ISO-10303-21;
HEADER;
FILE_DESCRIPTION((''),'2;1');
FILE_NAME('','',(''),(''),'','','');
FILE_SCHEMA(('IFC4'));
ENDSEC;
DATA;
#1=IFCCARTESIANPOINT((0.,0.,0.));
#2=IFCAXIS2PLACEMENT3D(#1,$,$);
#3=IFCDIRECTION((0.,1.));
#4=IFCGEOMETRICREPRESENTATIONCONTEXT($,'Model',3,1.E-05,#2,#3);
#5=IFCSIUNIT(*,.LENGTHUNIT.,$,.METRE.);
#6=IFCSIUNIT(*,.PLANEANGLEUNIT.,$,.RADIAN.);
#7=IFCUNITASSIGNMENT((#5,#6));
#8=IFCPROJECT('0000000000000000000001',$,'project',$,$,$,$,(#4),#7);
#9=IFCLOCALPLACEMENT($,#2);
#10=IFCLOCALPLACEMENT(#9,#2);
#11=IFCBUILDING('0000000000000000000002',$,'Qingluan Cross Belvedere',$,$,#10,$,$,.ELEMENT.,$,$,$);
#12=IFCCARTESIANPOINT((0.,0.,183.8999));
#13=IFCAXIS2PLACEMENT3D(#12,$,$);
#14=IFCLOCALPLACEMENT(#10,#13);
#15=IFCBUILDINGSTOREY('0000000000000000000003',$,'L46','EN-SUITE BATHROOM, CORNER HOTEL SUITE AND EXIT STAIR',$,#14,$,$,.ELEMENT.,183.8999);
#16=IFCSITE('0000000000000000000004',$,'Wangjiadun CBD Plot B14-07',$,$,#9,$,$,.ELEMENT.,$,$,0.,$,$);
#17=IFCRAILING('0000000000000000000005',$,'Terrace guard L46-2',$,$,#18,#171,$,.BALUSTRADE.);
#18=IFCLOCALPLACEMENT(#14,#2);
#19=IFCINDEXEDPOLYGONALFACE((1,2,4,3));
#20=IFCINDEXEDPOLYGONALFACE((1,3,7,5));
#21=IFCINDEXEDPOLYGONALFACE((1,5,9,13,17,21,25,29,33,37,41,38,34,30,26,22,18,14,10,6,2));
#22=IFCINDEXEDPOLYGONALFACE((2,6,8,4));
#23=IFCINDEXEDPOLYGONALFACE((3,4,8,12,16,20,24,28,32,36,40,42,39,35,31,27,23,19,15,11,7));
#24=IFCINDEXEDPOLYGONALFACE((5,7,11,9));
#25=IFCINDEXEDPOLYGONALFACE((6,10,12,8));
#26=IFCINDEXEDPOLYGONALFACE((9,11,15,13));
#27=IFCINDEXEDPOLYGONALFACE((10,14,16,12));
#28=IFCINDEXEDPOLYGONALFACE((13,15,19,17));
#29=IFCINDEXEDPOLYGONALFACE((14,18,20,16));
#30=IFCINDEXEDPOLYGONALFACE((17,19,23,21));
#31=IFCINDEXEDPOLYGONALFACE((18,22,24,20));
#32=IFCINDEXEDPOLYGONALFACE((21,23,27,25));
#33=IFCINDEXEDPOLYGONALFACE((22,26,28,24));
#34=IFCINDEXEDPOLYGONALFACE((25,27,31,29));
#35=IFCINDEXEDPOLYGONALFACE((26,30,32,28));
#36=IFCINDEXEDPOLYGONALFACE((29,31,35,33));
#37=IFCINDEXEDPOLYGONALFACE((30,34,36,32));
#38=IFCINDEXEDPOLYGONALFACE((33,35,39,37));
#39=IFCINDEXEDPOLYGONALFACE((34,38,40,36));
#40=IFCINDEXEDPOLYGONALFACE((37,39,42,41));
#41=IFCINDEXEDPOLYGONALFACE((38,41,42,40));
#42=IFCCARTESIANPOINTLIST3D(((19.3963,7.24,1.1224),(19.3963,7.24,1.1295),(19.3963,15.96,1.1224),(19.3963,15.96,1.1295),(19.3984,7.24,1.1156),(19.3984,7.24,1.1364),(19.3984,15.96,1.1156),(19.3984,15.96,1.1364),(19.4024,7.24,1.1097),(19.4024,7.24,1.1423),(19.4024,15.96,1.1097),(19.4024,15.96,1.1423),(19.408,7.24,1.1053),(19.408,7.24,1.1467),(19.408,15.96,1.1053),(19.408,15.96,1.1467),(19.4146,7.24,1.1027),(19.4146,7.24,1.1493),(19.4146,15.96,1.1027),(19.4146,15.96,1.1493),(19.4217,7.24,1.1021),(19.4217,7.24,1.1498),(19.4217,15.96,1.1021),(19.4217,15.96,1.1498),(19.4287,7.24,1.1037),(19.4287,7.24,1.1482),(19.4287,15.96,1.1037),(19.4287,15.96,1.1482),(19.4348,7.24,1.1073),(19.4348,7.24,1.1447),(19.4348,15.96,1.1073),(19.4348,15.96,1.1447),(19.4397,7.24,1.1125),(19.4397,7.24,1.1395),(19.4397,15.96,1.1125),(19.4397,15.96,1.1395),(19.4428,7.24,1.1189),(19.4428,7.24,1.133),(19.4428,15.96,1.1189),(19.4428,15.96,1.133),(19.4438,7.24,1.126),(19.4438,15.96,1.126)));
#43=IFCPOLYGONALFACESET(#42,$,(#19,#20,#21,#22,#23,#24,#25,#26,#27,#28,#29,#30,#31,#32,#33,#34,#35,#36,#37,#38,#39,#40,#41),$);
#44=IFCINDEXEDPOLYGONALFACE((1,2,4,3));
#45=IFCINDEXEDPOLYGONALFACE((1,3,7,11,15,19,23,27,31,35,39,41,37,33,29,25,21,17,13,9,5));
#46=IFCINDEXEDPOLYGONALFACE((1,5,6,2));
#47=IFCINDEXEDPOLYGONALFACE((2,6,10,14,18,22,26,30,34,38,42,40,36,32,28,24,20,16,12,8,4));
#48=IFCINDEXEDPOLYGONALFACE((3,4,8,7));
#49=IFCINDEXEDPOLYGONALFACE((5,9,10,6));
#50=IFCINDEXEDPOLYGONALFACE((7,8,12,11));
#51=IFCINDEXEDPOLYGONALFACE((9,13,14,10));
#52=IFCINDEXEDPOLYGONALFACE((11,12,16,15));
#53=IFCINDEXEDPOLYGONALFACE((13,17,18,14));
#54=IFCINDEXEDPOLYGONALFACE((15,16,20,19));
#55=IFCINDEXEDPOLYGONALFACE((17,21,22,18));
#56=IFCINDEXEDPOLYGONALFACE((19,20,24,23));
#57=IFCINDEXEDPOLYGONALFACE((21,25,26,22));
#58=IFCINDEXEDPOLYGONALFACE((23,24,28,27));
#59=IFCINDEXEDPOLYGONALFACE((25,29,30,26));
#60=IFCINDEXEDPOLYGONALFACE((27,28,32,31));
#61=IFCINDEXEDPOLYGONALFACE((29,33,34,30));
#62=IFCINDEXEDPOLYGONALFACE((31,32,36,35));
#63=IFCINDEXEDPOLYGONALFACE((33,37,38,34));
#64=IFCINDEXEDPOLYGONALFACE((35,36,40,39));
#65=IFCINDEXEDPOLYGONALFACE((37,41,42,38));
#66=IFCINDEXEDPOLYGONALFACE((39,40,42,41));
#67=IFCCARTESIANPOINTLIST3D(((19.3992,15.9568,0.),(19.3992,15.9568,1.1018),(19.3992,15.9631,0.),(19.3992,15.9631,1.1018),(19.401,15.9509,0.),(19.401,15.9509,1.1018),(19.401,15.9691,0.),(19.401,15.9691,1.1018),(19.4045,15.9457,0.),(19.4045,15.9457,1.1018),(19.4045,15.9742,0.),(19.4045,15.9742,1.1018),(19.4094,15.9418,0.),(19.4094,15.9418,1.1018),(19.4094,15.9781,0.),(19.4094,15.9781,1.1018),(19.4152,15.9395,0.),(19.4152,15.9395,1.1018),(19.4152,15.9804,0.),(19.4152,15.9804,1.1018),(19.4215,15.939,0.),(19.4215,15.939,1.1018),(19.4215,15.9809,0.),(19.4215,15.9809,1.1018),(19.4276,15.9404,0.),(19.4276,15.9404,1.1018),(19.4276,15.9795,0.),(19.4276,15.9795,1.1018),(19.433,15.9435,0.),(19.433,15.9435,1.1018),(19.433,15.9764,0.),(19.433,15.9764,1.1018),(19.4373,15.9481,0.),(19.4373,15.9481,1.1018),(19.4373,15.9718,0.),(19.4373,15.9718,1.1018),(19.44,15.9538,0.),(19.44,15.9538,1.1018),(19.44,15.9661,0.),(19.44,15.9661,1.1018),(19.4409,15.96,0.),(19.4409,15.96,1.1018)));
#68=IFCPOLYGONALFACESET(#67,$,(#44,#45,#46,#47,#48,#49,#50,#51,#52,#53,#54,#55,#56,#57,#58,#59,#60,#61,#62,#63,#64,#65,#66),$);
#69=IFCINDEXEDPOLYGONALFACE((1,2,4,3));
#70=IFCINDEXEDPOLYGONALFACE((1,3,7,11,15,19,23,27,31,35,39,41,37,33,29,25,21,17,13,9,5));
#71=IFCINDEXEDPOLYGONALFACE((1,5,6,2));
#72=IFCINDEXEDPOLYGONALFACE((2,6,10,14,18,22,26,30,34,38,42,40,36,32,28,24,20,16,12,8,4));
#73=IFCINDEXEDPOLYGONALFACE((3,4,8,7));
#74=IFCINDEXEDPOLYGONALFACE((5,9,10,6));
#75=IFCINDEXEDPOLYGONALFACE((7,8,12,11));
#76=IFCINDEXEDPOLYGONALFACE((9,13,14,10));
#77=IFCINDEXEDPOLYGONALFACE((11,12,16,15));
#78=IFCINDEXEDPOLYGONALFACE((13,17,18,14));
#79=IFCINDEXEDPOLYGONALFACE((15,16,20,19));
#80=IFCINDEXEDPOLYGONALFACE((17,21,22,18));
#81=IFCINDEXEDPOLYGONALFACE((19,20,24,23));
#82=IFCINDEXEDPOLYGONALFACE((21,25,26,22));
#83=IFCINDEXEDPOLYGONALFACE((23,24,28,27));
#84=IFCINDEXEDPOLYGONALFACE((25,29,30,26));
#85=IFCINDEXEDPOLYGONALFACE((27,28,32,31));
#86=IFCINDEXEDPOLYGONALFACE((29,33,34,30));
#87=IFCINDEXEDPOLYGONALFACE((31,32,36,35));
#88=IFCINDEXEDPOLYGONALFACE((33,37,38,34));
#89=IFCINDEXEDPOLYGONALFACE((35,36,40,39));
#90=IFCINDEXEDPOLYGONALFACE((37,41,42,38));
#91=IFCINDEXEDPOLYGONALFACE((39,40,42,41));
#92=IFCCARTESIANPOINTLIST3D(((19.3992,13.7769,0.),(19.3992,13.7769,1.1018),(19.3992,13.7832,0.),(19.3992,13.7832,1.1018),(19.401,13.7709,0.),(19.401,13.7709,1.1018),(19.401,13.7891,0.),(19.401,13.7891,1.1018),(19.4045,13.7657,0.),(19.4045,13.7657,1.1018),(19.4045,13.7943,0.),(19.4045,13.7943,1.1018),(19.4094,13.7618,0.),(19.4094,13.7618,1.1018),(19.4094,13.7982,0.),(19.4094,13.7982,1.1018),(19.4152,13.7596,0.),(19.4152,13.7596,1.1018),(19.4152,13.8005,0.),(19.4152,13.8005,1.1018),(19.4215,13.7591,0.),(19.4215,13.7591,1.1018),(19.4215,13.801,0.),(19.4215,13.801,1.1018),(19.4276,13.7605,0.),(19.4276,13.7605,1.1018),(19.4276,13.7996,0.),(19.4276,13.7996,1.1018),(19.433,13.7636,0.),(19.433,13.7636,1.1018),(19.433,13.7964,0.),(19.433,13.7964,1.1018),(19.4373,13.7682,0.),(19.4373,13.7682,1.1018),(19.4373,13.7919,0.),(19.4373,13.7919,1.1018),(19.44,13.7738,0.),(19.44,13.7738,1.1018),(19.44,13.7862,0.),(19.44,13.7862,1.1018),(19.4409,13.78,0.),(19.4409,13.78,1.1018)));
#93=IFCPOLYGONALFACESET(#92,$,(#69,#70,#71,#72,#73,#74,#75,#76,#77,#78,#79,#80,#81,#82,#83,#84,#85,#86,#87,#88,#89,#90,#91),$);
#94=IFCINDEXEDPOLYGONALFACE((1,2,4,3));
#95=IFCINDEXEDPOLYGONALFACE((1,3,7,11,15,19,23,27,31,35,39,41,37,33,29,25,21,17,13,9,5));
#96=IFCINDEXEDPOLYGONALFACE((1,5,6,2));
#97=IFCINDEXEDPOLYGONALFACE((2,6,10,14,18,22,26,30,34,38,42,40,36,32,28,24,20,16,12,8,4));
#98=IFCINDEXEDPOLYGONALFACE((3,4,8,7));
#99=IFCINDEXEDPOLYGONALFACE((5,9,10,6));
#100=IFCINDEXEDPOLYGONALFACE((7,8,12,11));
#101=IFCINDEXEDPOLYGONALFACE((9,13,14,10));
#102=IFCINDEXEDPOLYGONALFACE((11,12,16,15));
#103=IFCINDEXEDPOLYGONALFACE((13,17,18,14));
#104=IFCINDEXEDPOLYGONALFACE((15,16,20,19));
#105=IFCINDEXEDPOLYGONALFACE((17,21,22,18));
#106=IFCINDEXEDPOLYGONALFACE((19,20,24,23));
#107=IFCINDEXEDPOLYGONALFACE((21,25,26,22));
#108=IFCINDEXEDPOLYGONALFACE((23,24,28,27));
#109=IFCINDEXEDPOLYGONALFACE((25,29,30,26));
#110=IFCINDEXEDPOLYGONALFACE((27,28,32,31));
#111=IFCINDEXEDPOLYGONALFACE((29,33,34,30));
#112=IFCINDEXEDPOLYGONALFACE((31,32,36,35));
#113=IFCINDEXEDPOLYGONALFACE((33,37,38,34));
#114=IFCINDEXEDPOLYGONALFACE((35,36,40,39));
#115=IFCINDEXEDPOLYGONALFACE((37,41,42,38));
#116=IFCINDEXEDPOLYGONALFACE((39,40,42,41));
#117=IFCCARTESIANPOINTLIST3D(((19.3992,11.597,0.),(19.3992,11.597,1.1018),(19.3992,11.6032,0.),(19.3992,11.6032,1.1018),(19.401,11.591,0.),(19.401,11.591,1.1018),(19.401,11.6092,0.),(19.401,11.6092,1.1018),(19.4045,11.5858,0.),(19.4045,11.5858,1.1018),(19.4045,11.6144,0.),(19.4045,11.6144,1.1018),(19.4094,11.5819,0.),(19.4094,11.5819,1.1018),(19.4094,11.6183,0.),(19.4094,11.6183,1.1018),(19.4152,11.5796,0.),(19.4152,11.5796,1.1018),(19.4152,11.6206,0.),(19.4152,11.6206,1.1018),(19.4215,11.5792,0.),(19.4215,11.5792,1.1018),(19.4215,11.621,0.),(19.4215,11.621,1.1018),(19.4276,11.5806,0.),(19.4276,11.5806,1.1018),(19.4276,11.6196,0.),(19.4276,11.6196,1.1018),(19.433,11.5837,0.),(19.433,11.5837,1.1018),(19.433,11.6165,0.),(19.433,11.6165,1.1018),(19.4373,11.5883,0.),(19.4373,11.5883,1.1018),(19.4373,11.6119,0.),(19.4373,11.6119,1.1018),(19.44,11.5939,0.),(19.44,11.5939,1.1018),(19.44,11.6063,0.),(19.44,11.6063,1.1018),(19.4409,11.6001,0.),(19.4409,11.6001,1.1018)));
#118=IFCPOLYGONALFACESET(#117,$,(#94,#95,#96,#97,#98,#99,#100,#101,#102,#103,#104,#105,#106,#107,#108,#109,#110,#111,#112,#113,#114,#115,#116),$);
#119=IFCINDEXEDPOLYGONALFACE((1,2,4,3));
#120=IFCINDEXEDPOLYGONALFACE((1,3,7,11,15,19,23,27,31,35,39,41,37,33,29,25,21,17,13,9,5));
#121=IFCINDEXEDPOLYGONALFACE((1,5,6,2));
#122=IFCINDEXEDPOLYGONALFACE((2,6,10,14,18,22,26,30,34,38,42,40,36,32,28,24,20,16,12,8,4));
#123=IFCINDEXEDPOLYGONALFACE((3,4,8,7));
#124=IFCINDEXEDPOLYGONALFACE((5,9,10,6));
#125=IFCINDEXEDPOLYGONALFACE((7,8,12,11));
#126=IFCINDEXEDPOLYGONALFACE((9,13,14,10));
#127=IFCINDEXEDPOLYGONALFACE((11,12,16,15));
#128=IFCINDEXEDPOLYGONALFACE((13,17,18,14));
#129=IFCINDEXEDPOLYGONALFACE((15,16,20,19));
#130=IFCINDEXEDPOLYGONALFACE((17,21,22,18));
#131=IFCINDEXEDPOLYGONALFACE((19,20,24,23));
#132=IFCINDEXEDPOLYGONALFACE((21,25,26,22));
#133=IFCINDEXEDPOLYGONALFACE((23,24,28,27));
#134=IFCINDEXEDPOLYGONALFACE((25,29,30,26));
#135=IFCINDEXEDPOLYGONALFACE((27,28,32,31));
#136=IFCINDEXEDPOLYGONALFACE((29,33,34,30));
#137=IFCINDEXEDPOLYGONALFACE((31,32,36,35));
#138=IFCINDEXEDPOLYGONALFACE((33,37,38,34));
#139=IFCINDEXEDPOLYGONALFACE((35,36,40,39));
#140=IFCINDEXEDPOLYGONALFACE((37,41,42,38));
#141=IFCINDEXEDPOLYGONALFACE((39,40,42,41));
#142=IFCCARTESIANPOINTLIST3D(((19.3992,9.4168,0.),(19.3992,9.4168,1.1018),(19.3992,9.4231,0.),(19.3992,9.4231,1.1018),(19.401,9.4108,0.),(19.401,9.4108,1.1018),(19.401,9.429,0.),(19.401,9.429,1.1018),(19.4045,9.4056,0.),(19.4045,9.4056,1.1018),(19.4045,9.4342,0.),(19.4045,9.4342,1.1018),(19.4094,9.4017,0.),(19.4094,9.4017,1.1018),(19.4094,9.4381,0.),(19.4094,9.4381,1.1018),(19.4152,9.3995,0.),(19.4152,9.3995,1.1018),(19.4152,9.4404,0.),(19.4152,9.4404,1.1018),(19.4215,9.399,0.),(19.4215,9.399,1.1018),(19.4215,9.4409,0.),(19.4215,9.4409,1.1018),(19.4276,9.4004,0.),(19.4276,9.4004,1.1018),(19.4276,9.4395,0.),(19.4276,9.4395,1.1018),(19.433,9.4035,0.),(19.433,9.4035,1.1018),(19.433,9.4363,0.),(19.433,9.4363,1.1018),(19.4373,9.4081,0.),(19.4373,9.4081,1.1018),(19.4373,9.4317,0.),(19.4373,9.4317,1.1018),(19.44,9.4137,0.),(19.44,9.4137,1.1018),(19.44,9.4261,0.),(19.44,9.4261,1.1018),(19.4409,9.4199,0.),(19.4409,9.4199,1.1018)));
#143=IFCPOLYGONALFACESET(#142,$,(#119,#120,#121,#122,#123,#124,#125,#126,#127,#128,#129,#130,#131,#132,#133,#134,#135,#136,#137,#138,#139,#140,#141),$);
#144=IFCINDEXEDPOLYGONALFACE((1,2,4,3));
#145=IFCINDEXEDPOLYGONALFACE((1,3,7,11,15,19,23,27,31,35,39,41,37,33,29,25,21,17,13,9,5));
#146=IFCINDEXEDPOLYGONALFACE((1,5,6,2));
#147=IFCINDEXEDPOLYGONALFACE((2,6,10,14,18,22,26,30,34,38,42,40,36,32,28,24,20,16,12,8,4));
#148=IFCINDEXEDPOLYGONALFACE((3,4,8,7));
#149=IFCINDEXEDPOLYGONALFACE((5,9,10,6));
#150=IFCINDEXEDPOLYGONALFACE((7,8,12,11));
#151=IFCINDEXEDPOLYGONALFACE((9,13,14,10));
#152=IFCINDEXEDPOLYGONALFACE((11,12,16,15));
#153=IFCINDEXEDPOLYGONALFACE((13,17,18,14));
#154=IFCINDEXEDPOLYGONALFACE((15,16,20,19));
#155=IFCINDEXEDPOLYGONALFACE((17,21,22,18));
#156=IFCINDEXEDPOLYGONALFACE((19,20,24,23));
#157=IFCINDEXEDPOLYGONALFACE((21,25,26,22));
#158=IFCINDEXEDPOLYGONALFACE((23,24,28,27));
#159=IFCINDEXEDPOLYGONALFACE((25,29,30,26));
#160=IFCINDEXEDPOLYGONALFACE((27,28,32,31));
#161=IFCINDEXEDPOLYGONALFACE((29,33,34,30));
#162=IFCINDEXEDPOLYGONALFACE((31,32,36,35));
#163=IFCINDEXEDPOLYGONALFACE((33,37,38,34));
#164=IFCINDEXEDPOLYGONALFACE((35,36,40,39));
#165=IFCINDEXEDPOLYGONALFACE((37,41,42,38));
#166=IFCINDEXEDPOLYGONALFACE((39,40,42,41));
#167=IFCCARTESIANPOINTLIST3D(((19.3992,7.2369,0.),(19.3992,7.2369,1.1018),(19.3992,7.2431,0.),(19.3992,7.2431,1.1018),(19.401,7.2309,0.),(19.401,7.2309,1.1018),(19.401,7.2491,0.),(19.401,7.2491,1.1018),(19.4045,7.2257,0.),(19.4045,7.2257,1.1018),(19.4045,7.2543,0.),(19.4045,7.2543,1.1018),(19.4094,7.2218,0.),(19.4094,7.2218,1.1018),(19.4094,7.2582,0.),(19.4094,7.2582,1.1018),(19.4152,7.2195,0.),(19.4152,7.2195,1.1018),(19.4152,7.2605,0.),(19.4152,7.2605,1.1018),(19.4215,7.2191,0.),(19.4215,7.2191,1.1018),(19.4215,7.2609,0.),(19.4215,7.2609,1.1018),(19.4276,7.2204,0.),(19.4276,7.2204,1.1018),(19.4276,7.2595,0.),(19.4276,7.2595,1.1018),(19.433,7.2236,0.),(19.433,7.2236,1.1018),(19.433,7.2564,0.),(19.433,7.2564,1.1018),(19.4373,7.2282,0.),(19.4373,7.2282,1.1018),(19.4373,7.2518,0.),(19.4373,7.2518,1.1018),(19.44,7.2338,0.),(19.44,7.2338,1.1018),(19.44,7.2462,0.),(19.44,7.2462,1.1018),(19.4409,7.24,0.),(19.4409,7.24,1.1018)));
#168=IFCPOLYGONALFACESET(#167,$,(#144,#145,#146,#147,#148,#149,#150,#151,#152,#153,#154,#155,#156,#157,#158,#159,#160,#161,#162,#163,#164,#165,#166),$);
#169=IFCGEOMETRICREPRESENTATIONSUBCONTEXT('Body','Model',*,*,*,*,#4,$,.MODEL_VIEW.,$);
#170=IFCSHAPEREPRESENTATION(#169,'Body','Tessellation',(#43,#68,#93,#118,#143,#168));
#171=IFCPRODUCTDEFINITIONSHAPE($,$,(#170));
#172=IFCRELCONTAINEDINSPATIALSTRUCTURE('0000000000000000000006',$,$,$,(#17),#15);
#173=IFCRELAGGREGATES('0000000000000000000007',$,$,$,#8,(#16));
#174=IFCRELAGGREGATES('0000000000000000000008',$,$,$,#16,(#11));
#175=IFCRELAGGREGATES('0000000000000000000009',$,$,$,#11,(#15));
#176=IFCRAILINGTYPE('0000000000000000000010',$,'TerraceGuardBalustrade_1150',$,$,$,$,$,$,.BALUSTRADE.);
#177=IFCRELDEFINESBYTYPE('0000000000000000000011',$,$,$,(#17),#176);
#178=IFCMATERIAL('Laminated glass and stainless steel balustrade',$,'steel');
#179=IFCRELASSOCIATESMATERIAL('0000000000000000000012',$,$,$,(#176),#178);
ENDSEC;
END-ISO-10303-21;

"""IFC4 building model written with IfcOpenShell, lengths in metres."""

from ifc_helpers import new_model, si_unit, direction, frame, origin, origin_2d, place, context, subcontext, project, spatial, circle, extrude, material, type_object, element, save


model = new_model("IFC4")

# Units and contexts
model_context = context("Model", 3, precision=1e-05, world=origin(), true_north=direction((0.0, 1.0)))
body_context = subcontext(model_context, "Body", "Model", "MODEL_VIEW")
ifc_project = project(units=[si_unit("LENGTHUNIT", "METRE"), si_unit("PLANEANGLEUNIT", "RADIAN")], contexts=[model_context])

# Site, building, storey
site_placement = place(None, origin())
site = spatial("IfcSite", under=ifc_project, at=site_placement, Name="Wangjiadun CBD Plot B14-07", CompositionType="ELEMENT", RefElevation=0.0)
building_placement = place(site_placement, origin())
building = spatial("IfcBuilding", under=site, at=building_placement, Name="Qingluan Cross Belvedere", CompositionType="ELEMENT")
storey_placement = place(building_placement, frame((0.0, 0.0, 183.8999)))
storey = spatial("IfcBuildingStorey", under=building, at=storey_placement, Name="L46", Description="EN-SUITE BATHROOM, CORNER HOTEL SUITE AND EXIT STAIR", CompositionType="ELEMENT", Elevation=183.8999)

# Railing
ifc_material_1 = material(Name="Laminated glass and stainless steel balustrade", Category="steel")
railing_type = type_object("IfcRailingType", Name="TerraceGuardBalustrade_1150", PredefinedType="BALUSTRADE", material=ifc_material_1)
railing_1_placement = place(storey_placement, frame((19.4199, 15.96, 0.0)))
element("IfcRailing", 1, at=railing_1_placement, inside=storey, type_object=railing_type, Name="Terrace guard L46-2", PredefinedType="BALUSTRADE", context=body_context, shape_type="SweptSolid", body=[
    extrude(circle(Radius=0.0239, at=origin_2d()), frame((0.0, 0.0, 1.126), z_axis=(0.0, -1.0, 0.0), x_axis=(1.0, 0.0, 0.0)), (0.0, 0.0, 1.0), 8.72),
    extrude(circle(Radius=0.021, at=origin_2d()), origin(), (0.0, 0.0, 1.0), 1.1018),
    extrude(circle(Radius=0.021, at=origin_2d()), frame((0.0, -2.1799, 0.0)), (0.0, 0.0, 1.0), 1.1018),
    extrude(circle(Radius=0.021, at=origin_2d()), frame((0.0, -4.3599, 0.0)), (0.0, 0.0, 1.0), 1.1018),
    extrude(circle(Radius=0.021, at=origin_2d()), frame((0.0, -6.54, 0.0)), (0.0, 0.0, 1.0), 1.1018),
    extrude(circle(Radius=0.021, at=origin_2d()), frame((0.0, -8.72, 0.0)), (0.0, 0.0, 1.0), 1.1018),
])

save(model, "model.ifc")
